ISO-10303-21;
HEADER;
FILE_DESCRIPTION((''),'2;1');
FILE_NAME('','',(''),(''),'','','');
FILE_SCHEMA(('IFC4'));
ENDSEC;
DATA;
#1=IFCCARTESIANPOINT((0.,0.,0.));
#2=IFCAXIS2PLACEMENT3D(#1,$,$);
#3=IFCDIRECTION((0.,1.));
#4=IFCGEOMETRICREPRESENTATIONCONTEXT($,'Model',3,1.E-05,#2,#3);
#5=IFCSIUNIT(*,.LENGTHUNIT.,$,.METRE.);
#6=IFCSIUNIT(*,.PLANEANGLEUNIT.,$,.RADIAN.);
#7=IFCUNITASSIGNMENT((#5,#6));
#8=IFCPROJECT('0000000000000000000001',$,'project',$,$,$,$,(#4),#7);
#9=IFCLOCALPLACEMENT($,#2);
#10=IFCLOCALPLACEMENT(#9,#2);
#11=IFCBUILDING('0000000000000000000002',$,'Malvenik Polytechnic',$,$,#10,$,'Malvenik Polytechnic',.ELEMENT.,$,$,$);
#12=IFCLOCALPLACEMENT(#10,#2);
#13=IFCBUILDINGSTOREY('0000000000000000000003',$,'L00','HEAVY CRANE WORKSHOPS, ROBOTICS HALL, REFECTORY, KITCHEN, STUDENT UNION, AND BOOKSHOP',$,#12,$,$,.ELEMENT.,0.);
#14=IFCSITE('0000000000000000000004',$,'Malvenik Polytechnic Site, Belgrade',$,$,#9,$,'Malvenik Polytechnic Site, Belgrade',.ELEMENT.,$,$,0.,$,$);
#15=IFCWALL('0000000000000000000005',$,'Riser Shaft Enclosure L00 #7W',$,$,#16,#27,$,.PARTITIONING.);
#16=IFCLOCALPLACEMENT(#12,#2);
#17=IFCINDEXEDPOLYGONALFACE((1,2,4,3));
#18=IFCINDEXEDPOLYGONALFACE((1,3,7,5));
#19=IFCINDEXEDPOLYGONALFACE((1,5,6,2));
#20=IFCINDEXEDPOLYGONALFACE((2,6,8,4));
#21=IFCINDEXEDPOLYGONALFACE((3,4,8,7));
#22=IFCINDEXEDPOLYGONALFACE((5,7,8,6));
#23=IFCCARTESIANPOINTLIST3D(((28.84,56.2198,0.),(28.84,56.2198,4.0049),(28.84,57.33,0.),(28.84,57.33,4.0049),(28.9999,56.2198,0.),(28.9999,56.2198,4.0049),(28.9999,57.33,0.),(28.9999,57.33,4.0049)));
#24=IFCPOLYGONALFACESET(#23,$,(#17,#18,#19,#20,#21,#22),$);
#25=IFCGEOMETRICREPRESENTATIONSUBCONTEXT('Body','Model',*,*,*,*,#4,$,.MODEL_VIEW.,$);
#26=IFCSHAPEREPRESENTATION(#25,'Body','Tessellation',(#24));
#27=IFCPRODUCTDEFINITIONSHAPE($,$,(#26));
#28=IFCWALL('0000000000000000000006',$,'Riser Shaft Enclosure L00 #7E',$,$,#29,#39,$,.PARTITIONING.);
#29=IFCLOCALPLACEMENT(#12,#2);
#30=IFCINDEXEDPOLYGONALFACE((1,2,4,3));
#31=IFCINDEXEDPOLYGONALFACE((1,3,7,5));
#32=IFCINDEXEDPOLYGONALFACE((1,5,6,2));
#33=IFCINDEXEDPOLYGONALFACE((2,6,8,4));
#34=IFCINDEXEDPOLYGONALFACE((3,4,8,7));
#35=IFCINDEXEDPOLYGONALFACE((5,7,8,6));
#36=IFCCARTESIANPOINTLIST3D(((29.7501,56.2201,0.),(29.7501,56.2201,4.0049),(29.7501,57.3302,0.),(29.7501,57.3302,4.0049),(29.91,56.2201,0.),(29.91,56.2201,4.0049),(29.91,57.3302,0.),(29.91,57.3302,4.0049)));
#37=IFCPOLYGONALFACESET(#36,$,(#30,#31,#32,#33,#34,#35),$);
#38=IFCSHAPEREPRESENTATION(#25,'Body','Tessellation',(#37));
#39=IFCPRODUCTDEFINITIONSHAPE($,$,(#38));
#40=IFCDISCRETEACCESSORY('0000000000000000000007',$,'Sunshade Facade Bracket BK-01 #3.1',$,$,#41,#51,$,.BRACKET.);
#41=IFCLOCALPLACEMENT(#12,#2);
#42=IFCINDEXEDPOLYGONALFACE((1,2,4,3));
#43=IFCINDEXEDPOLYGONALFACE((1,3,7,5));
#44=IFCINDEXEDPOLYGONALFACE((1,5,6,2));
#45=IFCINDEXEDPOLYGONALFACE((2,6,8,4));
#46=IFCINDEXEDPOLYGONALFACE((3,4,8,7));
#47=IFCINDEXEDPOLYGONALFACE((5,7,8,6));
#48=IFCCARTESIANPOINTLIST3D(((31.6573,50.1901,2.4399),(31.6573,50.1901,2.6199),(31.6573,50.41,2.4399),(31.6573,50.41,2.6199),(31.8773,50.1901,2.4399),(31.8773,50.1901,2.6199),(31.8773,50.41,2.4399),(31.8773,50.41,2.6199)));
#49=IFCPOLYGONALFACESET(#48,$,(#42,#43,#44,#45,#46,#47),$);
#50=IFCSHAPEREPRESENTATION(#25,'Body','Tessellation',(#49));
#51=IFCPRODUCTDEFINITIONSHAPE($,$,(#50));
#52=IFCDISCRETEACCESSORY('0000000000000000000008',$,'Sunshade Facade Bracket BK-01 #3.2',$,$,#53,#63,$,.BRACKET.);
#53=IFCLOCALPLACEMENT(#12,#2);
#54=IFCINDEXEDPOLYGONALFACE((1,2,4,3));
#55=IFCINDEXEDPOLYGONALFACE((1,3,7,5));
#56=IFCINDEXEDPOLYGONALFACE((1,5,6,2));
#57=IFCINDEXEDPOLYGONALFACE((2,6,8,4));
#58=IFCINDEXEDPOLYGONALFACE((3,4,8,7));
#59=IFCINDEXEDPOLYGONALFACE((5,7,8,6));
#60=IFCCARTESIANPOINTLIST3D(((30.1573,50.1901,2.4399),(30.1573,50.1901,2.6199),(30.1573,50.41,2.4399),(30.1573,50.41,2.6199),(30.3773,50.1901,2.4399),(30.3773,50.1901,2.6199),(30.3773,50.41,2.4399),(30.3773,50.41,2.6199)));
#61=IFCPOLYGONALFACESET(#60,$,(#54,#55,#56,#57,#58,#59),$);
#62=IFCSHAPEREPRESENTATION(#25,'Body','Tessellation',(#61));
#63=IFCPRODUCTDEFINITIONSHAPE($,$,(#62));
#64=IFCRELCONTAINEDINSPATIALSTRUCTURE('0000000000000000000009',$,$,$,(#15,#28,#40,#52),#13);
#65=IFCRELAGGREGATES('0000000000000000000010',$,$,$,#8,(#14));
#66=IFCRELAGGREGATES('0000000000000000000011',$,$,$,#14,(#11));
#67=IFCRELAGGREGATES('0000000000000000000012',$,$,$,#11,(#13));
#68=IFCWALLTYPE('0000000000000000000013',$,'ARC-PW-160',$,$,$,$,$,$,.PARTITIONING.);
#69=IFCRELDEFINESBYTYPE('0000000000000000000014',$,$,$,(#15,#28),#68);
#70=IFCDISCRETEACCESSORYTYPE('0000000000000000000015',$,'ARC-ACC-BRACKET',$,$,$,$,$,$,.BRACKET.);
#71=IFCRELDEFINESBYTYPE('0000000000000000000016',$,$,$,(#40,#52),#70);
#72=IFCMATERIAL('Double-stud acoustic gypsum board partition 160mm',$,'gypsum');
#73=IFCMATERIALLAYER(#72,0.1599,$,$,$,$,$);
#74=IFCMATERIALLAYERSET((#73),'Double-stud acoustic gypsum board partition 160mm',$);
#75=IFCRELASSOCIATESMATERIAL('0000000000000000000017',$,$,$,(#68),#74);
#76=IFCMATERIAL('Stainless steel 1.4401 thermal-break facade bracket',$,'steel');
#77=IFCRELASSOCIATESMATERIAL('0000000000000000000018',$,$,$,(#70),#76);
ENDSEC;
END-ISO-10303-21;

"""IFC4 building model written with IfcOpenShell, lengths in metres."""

from ifc_helpers import new_model, si_unit, direction, frame, frame_2d, origin, origin_2d, place, context, subcontext, project, spatial, rectangle, extrude, material, layer, layer_set, type_object, element, save


model = new_model("IFC4")

# Units and contexts
model_context = context("Model", 3, precision=1e-05, world=origin(), true_north=direction((0.0, 1.0)))
body_context = subcontext(model_context, "Body", "Model", "MODEL_VIEW")
ifc_project = project(units=[si_unit("LENGTHUNIT", "METRE"), si_unit("PLANEANGLEUNIT", "RADIAN")], contexts=[model_context])

# Site, building, storey
site_placement = place(None, origin())
site = spatial("IfcSite", under=ifc_project, at=site_placement, Name="Malvenik Polytechnic Site, Belgrade", LongName="Malvenik Polytechnic Site, Belgrade", CompositionType="ELEMENT", RefElevation=0.0)
building_placement = place(site_placement, origin())
building = spatial("IfcBuilding", under=site, at=building_placement, Name="Malvenik Polytechnic", LongName="Malvenik Polytechnic", CompositionType="ELEMENT")
storey_placement = place(building_placement, origin())
storey = spatial("IfcBuildingStorey", under=building, at=storey_placement, Name="L00", Description="HEAVY CRANE WORKSHOPS, ROBOTICS HALL, REFECTORY, KITCHEN, STUDENT UNION, AND BOOKSHOP", CompositionType="ELEMENT", Elevation=0.0)

# Walls
ifc_material_1 = material(Name="Double-stud acoustic gypsum board partition 160mm", Category="gypsum")
ifc_layer_1 = layer(ifc_material_1, 0.1599)
ifc_layer_set_1 = layer_set([ifc_layer_1], Name="Double-stud acoustic gypsum board partition 160mm")
wall_type_1 = type_object("IfcWallType", Name="ARC-PW-160", PredefinedType="PARTITIONING", material=ifc_layer_set_1)
for number, where, z_axis, x_axis, name in (
    (1, (28.9199, 57.3301, 0.0), (0.0, 0.0, 1.0), (0.0, -1.0, 0.0), "Riser Shaft Enclosure L00 #7W"),
    (2, (29.8301, 56.22, 0.0), (0.0, 0.0, 1.0), (0.0, 1.0, 0.0), "Riser Shaft Enclosure L00 #7E"),
):
    element("IfcWall", number, at=place(storey_placement, frame(where, z_axis=z_axis, x_axis=x_axis)), inside=storey, type_object=wall_type_1, Name=name, PredefinedType="PARTITIONING", context=body_context, shape_type="SweptSolid", body=[
        extrude(rectangle(XDim=1.1101, YDim=0.1599, at=frame_2d((0.5552, 0.0))), origin(), (0.0, 0.0, 1.0), 4.0049),
    ])

# Discrete accessories
ifc_material_2 = material(Name="Stainless steel 1.4401 thermal-break facade bracket", Category="steel")
discrete_accessory_type = type_object("IfcDiscreteAccessoryType", Name="ARC-ACC-BRACKET", PredefinedType="BRACKET", material=ifc_material_2)
for number, where, z_axis, x_axis, name in (
    (3, (31.7673, 50.3, 2.4399), (0.0, 0.0, 1.0), (1.0, 0.0, 0.0), "Sunshade Facade Bracket BK-01 #3.1"),
    (4, (30.2673, 50.3, 2.4399), (0.0, 0.0, 1.0), (1.0, 0.0, 0.0), "Sunshade Facade Bracket BK-01 #3.2"),
):
    element("IfcDiscreteAccessory", number, at=place(storey_placement, frame(where, z_axis=z_axis, x_axis=x_axis)), inside=storey, type_object=discrete_accessory_type, Name=name, PredefinedType="BRACKET", context=body_context, shape_type="SweptSolid", body=[
        extrude(rectangle(XDim=0.22, YDim=0.22, at=origin_2d()), origin(), (0.0, 0.0, 1.0), 0.1799),
    ])

save(model, "model.ifc")
